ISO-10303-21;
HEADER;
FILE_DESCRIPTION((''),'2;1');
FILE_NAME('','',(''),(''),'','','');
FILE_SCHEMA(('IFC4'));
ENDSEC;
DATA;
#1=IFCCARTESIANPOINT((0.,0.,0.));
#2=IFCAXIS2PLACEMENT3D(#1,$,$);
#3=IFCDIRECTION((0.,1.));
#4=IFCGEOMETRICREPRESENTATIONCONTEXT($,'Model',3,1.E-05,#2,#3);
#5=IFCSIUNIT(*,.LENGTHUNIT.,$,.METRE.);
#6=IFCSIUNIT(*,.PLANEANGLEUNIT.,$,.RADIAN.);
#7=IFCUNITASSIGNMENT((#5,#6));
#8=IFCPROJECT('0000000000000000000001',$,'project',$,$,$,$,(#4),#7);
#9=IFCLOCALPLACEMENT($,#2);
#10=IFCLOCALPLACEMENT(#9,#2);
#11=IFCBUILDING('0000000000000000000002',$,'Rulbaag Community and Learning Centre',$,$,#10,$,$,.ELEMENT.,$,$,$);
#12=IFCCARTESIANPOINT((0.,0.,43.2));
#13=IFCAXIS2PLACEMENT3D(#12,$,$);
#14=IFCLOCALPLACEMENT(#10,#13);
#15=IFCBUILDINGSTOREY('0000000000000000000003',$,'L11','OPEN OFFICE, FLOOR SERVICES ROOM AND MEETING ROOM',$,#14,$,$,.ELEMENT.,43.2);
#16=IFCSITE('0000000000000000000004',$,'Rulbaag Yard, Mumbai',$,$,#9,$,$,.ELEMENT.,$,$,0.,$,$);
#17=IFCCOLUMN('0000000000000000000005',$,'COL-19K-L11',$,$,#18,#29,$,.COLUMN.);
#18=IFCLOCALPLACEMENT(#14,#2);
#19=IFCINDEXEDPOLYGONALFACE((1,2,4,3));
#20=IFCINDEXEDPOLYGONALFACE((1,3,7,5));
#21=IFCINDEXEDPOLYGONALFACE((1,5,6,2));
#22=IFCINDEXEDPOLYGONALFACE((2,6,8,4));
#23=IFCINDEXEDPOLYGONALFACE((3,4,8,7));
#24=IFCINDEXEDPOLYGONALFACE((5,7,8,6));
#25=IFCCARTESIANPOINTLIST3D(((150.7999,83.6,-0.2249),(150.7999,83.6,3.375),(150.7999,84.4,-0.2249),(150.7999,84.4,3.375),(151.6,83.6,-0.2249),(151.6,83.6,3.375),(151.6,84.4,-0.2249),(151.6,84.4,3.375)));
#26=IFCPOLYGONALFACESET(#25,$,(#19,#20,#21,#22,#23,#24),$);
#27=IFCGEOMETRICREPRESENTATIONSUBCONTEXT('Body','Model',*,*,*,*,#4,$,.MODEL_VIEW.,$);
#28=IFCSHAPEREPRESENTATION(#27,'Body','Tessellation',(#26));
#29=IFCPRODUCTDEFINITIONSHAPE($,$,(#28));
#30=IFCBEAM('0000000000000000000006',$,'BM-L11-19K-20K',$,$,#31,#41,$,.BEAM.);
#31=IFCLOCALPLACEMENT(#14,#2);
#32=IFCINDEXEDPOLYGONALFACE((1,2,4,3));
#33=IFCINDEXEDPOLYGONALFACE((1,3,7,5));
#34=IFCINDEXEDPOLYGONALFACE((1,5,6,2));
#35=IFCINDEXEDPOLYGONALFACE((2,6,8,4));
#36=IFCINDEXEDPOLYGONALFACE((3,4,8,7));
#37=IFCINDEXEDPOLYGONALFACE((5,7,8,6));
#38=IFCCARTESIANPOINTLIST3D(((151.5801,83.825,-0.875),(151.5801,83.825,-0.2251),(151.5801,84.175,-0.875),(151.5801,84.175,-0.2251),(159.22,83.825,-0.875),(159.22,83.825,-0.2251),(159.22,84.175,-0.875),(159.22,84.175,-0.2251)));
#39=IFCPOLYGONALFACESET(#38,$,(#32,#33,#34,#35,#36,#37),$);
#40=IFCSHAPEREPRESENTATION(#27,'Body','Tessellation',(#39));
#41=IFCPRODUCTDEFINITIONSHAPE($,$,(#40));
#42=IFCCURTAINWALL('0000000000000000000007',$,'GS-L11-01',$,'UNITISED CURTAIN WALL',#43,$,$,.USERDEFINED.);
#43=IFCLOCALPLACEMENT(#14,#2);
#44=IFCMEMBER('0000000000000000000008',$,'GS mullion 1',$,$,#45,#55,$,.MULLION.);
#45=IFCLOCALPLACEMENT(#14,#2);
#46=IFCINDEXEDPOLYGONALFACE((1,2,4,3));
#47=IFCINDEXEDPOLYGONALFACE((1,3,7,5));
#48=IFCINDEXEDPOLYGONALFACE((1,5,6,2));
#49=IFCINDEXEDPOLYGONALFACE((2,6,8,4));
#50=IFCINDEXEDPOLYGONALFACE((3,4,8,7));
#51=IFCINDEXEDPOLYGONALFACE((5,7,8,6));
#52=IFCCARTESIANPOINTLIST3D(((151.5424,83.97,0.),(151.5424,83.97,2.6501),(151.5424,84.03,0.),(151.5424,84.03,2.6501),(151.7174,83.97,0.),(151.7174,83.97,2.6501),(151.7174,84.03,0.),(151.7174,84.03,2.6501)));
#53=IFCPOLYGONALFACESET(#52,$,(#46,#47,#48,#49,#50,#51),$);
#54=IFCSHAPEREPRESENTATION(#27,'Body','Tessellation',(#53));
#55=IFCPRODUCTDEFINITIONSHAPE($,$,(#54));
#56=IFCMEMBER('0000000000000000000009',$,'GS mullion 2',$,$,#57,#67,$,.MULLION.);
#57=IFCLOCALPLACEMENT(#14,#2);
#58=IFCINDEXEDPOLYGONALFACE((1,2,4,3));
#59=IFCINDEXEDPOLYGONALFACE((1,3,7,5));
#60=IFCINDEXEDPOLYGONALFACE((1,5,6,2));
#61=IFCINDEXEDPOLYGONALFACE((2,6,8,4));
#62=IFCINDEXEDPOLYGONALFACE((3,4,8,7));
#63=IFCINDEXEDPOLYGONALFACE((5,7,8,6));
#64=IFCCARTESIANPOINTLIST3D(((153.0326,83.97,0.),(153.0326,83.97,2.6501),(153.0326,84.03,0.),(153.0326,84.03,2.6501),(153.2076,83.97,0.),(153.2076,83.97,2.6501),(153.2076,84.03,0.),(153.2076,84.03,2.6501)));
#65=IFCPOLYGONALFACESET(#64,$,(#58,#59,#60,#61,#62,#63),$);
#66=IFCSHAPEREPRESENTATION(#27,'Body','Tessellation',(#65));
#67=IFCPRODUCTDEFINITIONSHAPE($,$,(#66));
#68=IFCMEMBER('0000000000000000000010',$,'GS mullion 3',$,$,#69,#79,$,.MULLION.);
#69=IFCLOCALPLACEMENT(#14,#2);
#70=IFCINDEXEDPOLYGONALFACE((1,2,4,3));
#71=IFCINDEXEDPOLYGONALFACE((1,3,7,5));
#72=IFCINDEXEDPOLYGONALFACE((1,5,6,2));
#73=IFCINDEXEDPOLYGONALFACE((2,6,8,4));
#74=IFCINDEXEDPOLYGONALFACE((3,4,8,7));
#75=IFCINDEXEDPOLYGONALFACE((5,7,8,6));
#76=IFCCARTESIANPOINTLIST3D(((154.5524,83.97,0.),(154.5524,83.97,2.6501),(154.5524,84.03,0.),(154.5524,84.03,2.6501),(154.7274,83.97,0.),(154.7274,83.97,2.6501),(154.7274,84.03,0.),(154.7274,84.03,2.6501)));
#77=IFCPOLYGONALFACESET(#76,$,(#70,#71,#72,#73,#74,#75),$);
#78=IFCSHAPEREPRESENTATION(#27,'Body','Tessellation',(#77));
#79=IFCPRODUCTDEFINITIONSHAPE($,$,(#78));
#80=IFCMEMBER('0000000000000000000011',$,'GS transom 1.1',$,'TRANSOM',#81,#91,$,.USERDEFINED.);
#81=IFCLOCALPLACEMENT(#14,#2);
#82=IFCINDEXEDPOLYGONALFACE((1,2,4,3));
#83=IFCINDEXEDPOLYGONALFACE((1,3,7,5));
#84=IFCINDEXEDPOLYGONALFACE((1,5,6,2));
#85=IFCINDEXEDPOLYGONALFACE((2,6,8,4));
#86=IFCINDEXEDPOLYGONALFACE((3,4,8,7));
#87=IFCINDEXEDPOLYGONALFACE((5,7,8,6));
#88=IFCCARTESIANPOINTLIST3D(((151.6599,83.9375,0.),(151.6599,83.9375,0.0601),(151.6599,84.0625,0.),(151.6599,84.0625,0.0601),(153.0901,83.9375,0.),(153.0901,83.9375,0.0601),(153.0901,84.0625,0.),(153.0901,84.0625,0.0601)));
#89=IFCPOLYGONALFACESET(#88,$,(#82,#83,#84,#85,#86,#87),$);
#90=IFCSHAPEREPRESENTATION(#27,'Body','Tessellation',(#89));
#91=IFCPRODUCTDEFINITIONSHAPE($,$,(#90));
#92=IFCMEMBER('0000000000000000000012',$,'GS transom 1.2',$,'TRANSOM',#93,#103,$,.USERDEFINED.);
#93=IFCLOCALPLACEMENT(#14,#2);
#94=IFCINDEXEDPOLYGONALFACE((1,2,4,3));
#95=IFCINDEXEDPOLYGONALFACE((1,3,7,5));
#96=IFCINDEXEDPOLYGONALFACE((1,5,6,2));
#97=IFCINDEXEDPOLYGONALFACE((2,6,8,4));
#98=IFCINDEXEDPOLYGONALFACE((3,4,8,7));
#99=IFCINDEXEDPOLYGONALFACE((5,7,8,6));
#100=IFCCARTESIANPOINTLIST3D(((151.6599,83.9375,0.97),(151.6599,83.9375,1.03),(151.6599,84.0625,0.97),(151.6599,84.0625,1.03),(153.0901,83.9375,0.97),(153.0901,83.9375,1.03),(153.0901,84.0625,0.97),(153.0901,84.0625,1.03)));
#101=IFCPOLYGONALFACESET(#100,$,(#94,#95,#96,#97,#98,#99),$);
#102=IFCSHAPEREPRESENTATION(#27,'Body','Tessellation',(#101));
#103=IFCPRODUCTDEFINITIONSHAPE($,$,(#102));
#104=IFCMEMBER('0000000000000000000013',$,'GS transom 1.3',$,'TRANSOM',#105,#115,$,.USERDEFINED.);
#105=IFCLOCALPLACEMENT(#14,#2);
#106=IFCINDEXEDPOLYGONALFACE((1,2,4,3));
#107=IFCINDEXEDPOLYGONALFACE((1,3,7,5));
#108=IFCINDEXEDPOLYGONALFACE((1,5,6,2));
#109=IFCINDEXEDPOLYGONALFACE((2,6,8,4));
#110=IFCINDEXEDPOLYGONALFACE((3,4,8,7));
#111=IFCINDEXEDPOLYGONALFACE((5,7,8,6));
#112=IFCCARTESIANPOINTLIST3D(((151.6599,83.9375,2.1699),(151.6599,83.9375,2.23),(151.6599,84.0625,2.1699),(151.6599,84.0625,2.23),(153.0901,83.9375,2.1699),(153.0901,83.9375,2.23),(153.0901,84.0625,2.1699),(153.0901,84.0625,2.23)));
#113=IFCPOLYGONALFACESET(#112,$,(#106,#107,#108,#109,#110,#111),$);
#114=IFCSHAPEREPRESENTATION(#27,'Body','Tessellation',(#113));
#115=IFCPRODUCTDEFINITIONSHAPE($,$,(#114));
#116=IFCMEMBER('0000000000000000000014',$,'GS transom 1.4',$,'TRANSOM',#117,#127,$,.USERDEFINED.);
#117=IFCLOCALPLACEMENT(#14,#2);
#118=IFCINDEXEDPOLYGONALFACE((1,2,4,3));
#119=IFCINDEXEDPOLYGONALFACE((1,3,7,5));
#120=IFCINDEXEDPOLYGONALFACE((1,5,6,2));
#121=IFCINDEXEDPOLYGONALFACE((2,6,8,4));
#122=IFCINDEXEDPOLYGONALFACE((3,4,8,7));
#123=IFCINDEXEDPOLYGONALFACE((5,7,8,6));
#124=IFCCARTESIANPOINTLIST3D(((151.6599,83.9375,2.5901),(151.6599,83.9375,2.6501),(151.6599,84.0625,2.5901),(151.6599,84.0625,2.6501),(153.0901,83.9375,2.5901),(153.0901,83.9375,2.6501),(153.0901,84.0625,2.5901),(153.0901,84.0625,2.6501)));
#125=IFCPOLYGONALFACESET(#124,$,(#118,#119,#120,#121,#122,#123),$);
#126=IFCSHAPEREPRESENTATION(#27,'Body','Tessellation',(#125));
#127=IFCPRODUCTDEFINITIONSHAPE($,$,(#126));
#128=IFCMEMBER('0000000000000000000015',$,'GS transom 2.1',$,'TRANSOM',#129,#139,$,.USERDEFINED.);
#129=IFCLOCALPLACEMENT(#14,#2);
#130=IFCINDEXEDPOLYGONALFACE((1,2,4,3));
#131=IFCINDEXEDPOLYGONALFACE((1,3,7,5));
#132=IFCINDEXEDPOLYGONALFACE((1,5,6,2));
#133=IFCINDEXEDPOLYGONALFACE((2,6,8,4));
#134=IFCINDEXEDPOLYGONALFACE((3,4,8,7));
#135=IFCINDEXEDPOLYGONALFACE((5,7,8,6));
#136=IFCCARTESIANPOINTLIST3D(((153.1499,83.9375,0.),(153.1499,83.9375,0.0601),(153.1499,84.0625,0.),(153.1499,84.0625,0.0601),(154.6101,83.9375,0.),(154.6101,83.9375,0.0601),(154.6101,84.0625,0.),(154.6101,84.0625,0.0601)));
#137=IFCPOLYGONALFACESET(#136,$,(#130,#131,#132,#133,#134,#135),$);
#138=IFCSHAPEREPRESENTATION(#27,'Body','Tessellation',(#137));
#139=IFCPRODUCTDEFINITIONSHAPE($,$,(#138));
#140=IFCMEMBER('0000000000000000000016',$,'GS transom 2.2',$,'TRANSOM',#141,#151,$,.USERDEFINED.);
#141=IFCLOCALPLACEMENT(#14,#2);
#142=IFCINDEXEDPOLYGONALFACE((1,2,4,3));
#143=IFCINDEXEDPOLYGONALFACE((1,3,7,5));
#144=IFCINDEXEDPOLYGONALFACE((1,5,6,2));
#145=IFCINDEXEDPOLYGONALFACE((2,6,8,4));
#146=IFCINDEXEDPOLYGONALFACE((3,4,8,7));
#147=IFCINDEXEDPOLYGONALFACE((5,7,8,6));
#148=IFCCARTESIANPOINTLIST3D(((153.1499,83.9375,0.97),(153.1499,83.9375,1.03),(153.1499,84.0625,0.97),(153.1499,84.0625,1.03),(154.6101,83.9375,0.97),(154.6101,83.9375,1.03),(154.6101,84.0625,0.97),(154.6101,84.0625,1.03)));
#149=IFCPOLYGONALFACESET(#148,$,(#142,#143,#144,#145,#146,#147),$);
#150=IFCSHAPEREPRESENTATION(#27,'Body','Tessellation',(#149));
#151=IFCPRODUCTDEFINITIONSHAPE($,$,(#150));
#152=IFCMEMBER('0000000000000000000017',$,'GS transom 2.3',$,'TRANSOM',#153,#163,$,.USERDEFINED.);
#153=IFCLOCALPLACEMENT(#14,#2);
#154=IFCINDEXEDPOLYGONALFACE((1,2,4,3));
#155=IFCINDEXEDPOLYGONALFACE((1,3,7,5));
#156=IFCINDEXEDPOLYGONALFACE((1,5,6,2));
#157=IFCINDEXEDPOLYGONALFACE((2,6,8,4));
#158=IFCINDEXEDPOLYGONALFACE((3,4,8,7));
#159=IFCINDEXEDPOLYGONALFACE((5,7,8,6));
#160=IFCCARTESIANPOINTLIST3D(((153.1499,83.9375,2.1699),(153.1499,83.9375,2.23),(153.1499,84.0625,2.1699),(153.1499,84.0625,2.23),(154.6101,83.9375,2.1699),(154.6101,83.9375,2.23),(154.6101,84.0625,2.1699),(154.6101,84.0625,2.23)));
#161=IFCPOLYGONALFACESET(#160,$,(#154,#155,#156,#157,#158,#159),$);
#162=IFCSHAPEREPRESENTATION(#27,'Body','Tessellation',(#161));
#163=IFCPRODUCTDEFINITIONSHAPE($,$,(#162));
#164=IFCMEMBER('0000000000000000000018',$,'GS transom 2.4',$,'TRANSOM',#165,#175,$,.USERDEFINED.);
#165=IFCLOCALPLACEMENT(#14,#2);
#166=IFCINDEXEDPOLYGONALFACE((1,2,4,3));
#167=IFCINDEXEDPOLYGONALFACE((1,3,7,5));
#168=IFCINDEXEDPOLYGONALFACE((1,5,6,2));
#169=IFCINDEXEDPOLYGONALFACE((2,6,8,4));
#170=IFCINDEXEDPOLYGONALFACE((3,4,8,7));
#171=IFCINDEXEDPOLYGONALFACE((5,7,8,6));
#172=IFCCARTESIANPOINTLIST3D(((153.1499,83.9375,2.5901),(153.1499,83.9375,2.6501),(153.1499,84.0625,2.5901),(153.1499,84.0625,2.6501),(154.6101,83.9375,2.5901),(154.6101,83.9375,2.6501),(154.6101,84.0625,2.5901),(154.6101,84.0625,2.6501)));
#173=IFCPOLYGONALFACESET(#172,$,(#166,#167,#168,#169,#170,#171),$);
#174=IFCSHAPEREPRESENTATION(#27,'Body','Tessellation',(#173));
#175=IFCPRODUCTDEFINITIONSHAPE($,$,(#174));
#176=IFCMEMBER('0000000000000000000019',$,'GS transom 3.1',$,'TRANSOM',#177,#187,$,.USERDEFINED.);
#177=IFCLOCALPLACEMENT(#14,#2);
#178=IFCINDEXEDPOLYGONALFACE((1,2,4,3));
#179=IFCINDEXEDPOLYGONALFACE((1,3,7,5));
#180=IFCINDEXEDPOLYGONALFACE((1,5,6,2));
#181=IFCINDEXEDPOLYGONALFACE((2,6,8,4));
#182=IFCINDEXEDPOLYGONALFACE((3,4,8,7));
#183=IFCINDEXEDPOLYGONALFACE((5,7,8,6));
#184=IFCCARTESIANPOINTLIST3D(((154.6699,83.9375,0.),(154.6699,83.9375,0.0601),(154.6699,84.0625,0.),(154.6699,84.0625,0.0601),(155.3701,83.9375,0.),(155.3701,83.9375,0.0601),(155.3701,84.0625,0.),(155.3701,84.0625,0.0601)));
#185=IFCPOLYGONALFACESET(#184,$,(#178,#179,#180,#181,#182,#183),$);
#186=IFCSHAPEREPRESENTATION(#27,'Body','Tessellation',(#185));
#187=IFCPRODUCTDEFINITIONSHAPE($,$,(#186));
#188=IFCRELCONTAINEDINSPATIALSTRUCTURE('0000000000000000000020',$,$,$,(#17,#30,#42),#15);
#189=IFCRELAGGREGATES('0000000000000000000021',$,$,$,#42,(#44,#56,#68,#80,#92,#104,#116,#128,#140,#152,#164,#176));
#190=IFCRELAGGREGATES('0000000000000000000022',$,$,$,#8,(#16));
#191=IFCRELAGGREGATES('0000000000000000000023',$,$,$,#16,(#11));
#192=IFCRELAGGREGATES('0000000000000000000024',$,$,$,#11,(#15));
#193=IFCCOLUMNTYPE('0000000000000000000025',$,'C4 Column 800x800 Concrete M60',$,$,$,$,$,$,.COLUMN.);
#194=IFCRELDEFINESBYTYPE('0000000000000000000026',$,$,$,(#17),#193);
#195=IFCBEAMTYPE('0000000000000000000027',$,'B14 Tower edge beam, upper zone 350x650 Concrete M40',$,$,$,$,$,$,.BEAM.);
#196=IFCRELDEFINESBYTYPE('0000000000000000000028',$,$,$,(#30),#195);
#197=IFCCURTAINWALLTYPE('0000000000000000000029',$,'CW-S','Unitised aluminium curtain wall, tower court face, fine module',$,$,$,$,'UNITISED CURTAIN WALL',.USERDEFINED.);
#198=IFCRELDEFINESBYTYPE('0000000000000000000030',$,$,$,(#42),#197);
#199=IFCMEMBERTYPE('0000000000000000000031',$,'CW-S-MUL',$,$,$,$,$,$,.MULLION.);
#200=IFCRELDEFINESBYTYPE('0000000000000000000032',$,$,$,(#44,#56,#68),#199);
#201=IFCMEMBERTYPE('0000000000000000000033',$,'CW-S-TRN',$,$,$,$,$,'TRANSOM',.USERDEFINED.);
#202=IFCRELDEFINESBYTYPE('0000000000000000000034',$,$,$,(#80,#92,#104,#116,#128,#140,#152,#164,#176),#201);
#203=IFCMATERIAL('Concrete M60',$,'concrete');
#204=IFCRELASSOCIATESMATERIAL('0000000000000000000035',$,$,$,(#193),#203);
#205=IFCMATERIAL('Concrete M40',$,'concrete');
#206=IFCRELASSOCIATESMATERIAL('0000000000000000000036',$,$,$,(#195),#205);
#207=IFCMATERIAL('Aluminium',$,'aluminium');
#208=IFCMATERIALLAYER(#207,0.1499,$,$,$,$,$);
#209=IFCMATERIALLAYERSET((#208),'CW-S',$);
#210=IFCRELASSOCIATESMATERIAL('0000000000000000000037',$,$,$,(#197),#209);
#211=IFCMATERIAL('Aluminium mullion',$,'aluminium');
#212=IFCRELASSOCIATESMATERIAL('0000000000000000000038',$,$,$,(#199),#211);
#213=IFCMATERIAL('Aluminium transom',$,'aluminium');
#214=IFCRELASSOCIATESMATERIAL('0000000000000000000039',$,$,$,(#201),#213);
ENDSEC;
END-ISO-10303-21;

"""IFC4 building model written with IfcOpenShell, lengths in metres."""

from ifc_helpers import new_model, si_unit, direction, frame, origin, origin_2d, place, context, subcontext, project, spatial, rectangle, extrude, material, layer, layer_set, material_profile, profile_set, type_object, element, aggregate, save


model = new_model("IFC4")

# Units and contexts
model_context = context("Model", 3, precision=1e-05, world=origin(), true_north=direction((0.0, 1.0)))
body_context = subcontext(model_context, "Body", "Model", "MODEL_VIEW")
ifc_project = project(units=[si_unit("LENGTHUNIT", "METRE"), si_unit("PLANEANGLEUNIT", "RADIAN")], contexts=[model_context])

# Site, building, storey
site_placement = place(None, origin())
site = spatial("IfcSite", under=ifc_project, at=site_placement, Name="Rulbaag Yard, Mumbai", CompositionType="ELEMENT", RefElevation=0.0)
building_placement = place(site_placement, origin())
building = spatial("IfcBuilding", under=site, at=building_placement, Name="Rulbaag Community and Learning Centre", CompositionType="ELEMENT")
storey_placement = place(building_placement, frame((0.0, 0.0, 43.2)))
storey = spatial("IfcBuildingStorey", under=building, at=storey_placement, Name="L11", Description="OPEN OFFICE, FLOOR SERVICES ROOM AND MEETING ROOM", CompositionType="ELEMENT", Elevation=43.2)

# Column
ifc_material_1 = material(Name="Concrete M60", Category="concrete")
ifc_material_profile_1 = material_profile(ifc_material_1, rectangle(XDim=0.8, YDim=0.8, at=origin_2d()), Name="RC800x800")
ifc_profile_set_1 = profile_set([ifc_material_profile_1], Name="Concrete M60")
column_type = type_object("IfcColumnType", Name="C4 Column 800x800 Concrete M60", PredefinedType="COLUMN", material=ifc_profile_set_1)
column_placement = place(storey_placement, frame((151.2, 84.0, -0.2249), z_axis=(0.0, 0.0, 1.0), x_axis=(1.0, 0.0, 0.0)))
element("IfcColumn", 1, at=column_placement, inside=storey, type_object=column_type, Name="COL-19K-L11", PredefinedType="COLUMN", context=body_context, shape_type="SweptSolid", body=[
    extrude(rectangle(XDim=0.8, YDim=0.8, at=origin_2d()), origin(), (0.0, 0.0, 1.0), 3.5999),
])

# Beam
ifc_material_2 = material(Name="Concrete M40", Category="concrete")
ifc_material_profile_2 = material_profile(ifc_material_2, rectangle(XDim=0.3501, YDim=0.6499, at=origin_2d()), Name="RB350x650")
ifc_profile_set_2 = profile_set([ifc_material_profile_2], Name="Concrete M40")
beam_type = type_object("IfcBeamType", Name="B14 Tower edge beam, upper zone 350x650 Concrete M40", PredefinedType="BEAM", material=ifc_profile_set_2)
beam_placement = place(storey_placement, frame((151.5801, 84.0, -0.55), z_axis=(1.0, 0.0, 0.0), x_axis=(0.0, 1.0, 0.0)))
element("IfcBeam", 2, at=beam_placement, inside=storey, type_object=beam_type, Name="BM-L11-19K-20K", PredefinedType="BEAM", context=body_context, shape_type="SweptSolid", body=[
    extrude(rectangle(XDim=0.3501, YDim=0.6499, at=origin_2d()), origin(), (0.0, 0.0, 1.0), 7.6399),
])

# Curtain wall, members
ifc_material_3 = material(Name="Aluminium", Category="aluminium")
ifc_layer_1 = layer(ifc_material_3, 0.1499)
ifc_layer_set_1 = layer_set([ifc_layer_1], Name="CW-S")
curtain_wall_type = type_object("IfcCurtainWallType", Name="CW-S", Description="Unitised aluminium curtain wall, tower court face, fine module", ElementType="UNITISED CURTAIN WALL", PredefinedType="USERDEFINED", material=ifc_layer_set_1)
curtain_wall_placement = place(storey_placement, origin())
curtain_wall = element("IfcCurtainWall", 3, at=curtain_wall_placement, inside=storey, type_object=curtain_wall_type, Name="GS-L11-01", ObjectType="UNITISED CURTAIN WALL", PredefinedType="USERDEFINED")
ifc_material_4 = material(Name="Aluminium mullion", Category="aluminium")
ifc_material_profile_3 = material_profile(ifc_material_4, rectangle(XDim=0.0601, YDim=0.175, at=origin_2d()), Name="AL 60x175")
ifc_profile_set_3 = profile_set([ifc_material_profile_3], Name="Aluminium mullion")
member_type_1 = type_object("IfcMemberType", Name="CW-S-MUL", PredefinedType="MULLION", material=ifc_profile_set_3)
member_1_placement = place(storey_placement, frame((151.6299, 84.0, 0.0), z_axis=(0.0, 0.0, 1.0), x_axis=(0.0, 1.0, 0.0)))
member_1 = element("IfcMember", 4, at=member_1_placement, type_object=member_type_1, Name="GS mullion 1", PredefinedType="MULLION", context=body_context, shape_type="SweptSolid", body=[
    extrude(rectangle(XDim=0.0601, YDim=0.175, at=origin_2d()), origin(), (0.0, 0.0, 1.0), 2.6501),
])
member_2_placement = place(storey_placement, frame((153.1201, 84.0, 0.0), z_axis=(0.0, 0.0, 1.0), x_axis=(0.0, 1.0, 0.0)))
member_2 = element("IfcMember", 5, at=member_2_placement, type_object=member_type_1, Name="GS mullion 2", PredefinedType="MULLION", context=body_context, shape_type="SweptSolid", body=[
    extrude(rectangle(XDim=0.0601, YDim=0.175, at=origin_2d()), origin(), (0.0, 0.0, 1.0), 2.6501),
])
member_3_placement = place(storey_placement, frame((154.6399, 84.0, 0.0), z_axis=(0.0, 0.0, 1.0), x_axis=(0.0, 1.0, 0.0)))
member_3 = element("IfcMember", 6, at=member_3_placement, type_object=member_type_1, Name="GS mullion 3", PredefinedType="MULLION", context=body_context, shape_type="SweptSolid", body=[
    extrude(rectangle(XDim=0.0601, YDim=0.175, at=origin_2d()), origin(), (0.0, 0.0, 1.0), 2.6501),
])
ifc_material_5 = material(Name="Aluminium transom", Category="aluminium")
ifc_material_profile_4 = material_profile(ifc_material_5, rectangle(XDim=0.125, YDim=0.0601, at=origin_2d()), Name="AL 60x125 T")
ifc_profile_set_4 = profile_set([ifc_material_profile_4], Name="Aluminium transom")
member_type_2 = type_object("IfcMemberType", Name="CW-S-TRN", ElementType="TRANSOM", PredefinedType="USERDEFINED", material=ifc_profile_set_4)
member_4_placement = place(storey_placement, frame((151.6599, 84.0, 0.03), z_axis=(1.0, 0.0, 0.0), x_axis=(0.0, 1.0, 0.0)))
member_4 = element("IfcMember", 7, at=member_4_placement, type_object=member_type_2, Name="GS transom 1.1", ObjectType="TRANSOM", PredefinedType="USERDEFINED", context=body_context, shape_type="SweptSolid", body=[
    extrude(rectangle(XDim=0.125, YDim=0.0601, at=origin_2d()), origin(), (0.0, 0.0, 1.0), 1.4302),
])
member_5_placement = place(storey_placement, frame((151.6599, 84.0, 1.0), z_axis=(1.0, 0.0, 0.0), x_axis=(0.0, 1.0, 0.0)))
member_5 = element("IfcMember", 8, at=member_5_placement, type_object=member_type_2, Name="GS transom 1.2", ObjectType="TRANSOM", PredefinedType="USERDEFINED", context=body_context, shape_type="SweptSolid", body=[
    extrude(rectangle(XDim=0.125, YDim=0.0601, at=origin_2d()), origin(), (0.0, 0.0, 1.0), 1.4302),
])
member_6_placement = place(storey_placement, frame((151.6599, 84.0, 2.2), z_axis=(1.0, 0.0, 0.0), x_axis=(0.0, 1.0, 0.0)))
member_6 = element("IfcMember", 9, at=member_6_placement, type_object=member_type_2, Name="GS transom 1.3", ObjectType="TRANSOM", PredefinedType="USERDEFINED", context=body_context, shape_type="SweptSolid", body=[
    extrude(rectangle(XDim=0.125, YDim=0.0601, at=origin_2d()), origin(), (0.0, 0.0, 1.0), 1.4302),
])
member_7_placement = place(storey_placement, frame((151.6599, 84.0, 2.6201), z_axis=(1.0, 0.0, 0.0), x_axis=(0.0, 1.0, 0.0)))
member_7 = element("IfcMember", 10, at=member_7_placement, type_object=member_type_2, Name="GS transom 1.4", ObjectType="TRANSOM", PredefinedType="USERDEFINED", context=body_context, shape_type="SweptSolid", body=[
    extrude(rectangle(XDim=0.125, YDim=0.0601, at=origin_2d()), origin(), (0.0, 0.0, 1.0), 1.4302),
])
member_8_placement = place(storey_placement, frame((153.1499, 84.0, 0.03), z_axis=(1.0, 0.0, 0.0), x_axis=(0.0, 1.0, 0.0)))
member_8 = element("IfcMember", 11, at=member_8_placement, type_object=member_type_2, Name="GS transom 2.1", ObjectType="TRANSOM", PredefinedType="USERDEFINED", context=body_context, shape_type="SweptSolid", body=[
    extrude(rectangle(XDim=0.125, YDim=0.0601, at=origin_2d()), origin(), (0.0, 0.0, 1.0), 1.4602),
])
member_9_placement = place(storey_placement, frame((153.1499, 84.0, 1.0), z_axis=(1.0, 0.0, 0.0), x_axis=(0.0, 1.0, 0.0)))
member_9 = element("IfcMember", 12, at=member_9_placement, type_object=member_type_2, Name="GS transom 2.2", ObjectType="TRANSOM", PredefinedType="USERDEFINED", context=body_context, shape_type="SweptSolid", body=[
    extrude(rectangle(XDim=0.125, YDim=0.0601, at=origin_2d()), origin(), (0.0, 0.0, 1.0), 1.4602),
])
member_10_placement = place(storey_placement, frame((153.1499, 84.0, 2.2), z_axis=(1.0, 0.0, 0.0), x_axis=(0.0, 1.0, 0.0)))
member_10 = element("IfcMember", 13, at=member_10_placement, type_object=member_type_2, Name="GS transom 2.3", ObjectType="TRANSOM", PredefinedType="USERDEFINED", context=body_context, shape_type="SweptSolid", body=[
    extrude(rectangle(XDim=0.125, YDim=0.0601, at=origin_2d()), origin(), (0.0, 0.0, 1.0), 1.4602),
])
member_11_placement = place(storey_placement, frame((153.1499, 84.0, 2.6201), z_axis=(1.0, 0.0, 0.0), x_axis=(0.0, 1.0, 0.0)))
member_11 = element("IfcMember", 14, at=member_11_placement, type_object=member_type_2, Name="GS transom 2.4", ObjectType="TRANSOM", PredefinedType="USERDEFINED", context=body_context, shape_type="SweptSolid", body=[
    extrude(rectangle(XDim=0.125, YDim=0.0601, at=origin_2d()), origin(), (0.0, 0.0, 1.0), 1.4602),
])
member_12_placement = place(storey_placement, frame((154.6699, 84.0, 0.03), z_axis=(1.0, 0.0, 0.0), x_axis=(0.0, 1.0, 0.0)))
member_12 = element("IfcMember", 15, at=member_12_placement, type_object=member_type_2, Name="GS transom 3.1", ObjectType="TRANSOM", PredefinedType="USERDEFINED", context=body_context, shape_type="SweptSolid", body=[
    extrude(rectangle(XDim=0.125, YDim=0.0601, at=origin_2d()), origin(), (0.0, 0.0, 1.0), 0.7002),
])
aggregate(curtain_wall, [member_1, member_2, member_3, member_4, member_5, member_6, member_7, member_8, member_9, member_10, member_11, member_12])

save(model, "model.ifc")
